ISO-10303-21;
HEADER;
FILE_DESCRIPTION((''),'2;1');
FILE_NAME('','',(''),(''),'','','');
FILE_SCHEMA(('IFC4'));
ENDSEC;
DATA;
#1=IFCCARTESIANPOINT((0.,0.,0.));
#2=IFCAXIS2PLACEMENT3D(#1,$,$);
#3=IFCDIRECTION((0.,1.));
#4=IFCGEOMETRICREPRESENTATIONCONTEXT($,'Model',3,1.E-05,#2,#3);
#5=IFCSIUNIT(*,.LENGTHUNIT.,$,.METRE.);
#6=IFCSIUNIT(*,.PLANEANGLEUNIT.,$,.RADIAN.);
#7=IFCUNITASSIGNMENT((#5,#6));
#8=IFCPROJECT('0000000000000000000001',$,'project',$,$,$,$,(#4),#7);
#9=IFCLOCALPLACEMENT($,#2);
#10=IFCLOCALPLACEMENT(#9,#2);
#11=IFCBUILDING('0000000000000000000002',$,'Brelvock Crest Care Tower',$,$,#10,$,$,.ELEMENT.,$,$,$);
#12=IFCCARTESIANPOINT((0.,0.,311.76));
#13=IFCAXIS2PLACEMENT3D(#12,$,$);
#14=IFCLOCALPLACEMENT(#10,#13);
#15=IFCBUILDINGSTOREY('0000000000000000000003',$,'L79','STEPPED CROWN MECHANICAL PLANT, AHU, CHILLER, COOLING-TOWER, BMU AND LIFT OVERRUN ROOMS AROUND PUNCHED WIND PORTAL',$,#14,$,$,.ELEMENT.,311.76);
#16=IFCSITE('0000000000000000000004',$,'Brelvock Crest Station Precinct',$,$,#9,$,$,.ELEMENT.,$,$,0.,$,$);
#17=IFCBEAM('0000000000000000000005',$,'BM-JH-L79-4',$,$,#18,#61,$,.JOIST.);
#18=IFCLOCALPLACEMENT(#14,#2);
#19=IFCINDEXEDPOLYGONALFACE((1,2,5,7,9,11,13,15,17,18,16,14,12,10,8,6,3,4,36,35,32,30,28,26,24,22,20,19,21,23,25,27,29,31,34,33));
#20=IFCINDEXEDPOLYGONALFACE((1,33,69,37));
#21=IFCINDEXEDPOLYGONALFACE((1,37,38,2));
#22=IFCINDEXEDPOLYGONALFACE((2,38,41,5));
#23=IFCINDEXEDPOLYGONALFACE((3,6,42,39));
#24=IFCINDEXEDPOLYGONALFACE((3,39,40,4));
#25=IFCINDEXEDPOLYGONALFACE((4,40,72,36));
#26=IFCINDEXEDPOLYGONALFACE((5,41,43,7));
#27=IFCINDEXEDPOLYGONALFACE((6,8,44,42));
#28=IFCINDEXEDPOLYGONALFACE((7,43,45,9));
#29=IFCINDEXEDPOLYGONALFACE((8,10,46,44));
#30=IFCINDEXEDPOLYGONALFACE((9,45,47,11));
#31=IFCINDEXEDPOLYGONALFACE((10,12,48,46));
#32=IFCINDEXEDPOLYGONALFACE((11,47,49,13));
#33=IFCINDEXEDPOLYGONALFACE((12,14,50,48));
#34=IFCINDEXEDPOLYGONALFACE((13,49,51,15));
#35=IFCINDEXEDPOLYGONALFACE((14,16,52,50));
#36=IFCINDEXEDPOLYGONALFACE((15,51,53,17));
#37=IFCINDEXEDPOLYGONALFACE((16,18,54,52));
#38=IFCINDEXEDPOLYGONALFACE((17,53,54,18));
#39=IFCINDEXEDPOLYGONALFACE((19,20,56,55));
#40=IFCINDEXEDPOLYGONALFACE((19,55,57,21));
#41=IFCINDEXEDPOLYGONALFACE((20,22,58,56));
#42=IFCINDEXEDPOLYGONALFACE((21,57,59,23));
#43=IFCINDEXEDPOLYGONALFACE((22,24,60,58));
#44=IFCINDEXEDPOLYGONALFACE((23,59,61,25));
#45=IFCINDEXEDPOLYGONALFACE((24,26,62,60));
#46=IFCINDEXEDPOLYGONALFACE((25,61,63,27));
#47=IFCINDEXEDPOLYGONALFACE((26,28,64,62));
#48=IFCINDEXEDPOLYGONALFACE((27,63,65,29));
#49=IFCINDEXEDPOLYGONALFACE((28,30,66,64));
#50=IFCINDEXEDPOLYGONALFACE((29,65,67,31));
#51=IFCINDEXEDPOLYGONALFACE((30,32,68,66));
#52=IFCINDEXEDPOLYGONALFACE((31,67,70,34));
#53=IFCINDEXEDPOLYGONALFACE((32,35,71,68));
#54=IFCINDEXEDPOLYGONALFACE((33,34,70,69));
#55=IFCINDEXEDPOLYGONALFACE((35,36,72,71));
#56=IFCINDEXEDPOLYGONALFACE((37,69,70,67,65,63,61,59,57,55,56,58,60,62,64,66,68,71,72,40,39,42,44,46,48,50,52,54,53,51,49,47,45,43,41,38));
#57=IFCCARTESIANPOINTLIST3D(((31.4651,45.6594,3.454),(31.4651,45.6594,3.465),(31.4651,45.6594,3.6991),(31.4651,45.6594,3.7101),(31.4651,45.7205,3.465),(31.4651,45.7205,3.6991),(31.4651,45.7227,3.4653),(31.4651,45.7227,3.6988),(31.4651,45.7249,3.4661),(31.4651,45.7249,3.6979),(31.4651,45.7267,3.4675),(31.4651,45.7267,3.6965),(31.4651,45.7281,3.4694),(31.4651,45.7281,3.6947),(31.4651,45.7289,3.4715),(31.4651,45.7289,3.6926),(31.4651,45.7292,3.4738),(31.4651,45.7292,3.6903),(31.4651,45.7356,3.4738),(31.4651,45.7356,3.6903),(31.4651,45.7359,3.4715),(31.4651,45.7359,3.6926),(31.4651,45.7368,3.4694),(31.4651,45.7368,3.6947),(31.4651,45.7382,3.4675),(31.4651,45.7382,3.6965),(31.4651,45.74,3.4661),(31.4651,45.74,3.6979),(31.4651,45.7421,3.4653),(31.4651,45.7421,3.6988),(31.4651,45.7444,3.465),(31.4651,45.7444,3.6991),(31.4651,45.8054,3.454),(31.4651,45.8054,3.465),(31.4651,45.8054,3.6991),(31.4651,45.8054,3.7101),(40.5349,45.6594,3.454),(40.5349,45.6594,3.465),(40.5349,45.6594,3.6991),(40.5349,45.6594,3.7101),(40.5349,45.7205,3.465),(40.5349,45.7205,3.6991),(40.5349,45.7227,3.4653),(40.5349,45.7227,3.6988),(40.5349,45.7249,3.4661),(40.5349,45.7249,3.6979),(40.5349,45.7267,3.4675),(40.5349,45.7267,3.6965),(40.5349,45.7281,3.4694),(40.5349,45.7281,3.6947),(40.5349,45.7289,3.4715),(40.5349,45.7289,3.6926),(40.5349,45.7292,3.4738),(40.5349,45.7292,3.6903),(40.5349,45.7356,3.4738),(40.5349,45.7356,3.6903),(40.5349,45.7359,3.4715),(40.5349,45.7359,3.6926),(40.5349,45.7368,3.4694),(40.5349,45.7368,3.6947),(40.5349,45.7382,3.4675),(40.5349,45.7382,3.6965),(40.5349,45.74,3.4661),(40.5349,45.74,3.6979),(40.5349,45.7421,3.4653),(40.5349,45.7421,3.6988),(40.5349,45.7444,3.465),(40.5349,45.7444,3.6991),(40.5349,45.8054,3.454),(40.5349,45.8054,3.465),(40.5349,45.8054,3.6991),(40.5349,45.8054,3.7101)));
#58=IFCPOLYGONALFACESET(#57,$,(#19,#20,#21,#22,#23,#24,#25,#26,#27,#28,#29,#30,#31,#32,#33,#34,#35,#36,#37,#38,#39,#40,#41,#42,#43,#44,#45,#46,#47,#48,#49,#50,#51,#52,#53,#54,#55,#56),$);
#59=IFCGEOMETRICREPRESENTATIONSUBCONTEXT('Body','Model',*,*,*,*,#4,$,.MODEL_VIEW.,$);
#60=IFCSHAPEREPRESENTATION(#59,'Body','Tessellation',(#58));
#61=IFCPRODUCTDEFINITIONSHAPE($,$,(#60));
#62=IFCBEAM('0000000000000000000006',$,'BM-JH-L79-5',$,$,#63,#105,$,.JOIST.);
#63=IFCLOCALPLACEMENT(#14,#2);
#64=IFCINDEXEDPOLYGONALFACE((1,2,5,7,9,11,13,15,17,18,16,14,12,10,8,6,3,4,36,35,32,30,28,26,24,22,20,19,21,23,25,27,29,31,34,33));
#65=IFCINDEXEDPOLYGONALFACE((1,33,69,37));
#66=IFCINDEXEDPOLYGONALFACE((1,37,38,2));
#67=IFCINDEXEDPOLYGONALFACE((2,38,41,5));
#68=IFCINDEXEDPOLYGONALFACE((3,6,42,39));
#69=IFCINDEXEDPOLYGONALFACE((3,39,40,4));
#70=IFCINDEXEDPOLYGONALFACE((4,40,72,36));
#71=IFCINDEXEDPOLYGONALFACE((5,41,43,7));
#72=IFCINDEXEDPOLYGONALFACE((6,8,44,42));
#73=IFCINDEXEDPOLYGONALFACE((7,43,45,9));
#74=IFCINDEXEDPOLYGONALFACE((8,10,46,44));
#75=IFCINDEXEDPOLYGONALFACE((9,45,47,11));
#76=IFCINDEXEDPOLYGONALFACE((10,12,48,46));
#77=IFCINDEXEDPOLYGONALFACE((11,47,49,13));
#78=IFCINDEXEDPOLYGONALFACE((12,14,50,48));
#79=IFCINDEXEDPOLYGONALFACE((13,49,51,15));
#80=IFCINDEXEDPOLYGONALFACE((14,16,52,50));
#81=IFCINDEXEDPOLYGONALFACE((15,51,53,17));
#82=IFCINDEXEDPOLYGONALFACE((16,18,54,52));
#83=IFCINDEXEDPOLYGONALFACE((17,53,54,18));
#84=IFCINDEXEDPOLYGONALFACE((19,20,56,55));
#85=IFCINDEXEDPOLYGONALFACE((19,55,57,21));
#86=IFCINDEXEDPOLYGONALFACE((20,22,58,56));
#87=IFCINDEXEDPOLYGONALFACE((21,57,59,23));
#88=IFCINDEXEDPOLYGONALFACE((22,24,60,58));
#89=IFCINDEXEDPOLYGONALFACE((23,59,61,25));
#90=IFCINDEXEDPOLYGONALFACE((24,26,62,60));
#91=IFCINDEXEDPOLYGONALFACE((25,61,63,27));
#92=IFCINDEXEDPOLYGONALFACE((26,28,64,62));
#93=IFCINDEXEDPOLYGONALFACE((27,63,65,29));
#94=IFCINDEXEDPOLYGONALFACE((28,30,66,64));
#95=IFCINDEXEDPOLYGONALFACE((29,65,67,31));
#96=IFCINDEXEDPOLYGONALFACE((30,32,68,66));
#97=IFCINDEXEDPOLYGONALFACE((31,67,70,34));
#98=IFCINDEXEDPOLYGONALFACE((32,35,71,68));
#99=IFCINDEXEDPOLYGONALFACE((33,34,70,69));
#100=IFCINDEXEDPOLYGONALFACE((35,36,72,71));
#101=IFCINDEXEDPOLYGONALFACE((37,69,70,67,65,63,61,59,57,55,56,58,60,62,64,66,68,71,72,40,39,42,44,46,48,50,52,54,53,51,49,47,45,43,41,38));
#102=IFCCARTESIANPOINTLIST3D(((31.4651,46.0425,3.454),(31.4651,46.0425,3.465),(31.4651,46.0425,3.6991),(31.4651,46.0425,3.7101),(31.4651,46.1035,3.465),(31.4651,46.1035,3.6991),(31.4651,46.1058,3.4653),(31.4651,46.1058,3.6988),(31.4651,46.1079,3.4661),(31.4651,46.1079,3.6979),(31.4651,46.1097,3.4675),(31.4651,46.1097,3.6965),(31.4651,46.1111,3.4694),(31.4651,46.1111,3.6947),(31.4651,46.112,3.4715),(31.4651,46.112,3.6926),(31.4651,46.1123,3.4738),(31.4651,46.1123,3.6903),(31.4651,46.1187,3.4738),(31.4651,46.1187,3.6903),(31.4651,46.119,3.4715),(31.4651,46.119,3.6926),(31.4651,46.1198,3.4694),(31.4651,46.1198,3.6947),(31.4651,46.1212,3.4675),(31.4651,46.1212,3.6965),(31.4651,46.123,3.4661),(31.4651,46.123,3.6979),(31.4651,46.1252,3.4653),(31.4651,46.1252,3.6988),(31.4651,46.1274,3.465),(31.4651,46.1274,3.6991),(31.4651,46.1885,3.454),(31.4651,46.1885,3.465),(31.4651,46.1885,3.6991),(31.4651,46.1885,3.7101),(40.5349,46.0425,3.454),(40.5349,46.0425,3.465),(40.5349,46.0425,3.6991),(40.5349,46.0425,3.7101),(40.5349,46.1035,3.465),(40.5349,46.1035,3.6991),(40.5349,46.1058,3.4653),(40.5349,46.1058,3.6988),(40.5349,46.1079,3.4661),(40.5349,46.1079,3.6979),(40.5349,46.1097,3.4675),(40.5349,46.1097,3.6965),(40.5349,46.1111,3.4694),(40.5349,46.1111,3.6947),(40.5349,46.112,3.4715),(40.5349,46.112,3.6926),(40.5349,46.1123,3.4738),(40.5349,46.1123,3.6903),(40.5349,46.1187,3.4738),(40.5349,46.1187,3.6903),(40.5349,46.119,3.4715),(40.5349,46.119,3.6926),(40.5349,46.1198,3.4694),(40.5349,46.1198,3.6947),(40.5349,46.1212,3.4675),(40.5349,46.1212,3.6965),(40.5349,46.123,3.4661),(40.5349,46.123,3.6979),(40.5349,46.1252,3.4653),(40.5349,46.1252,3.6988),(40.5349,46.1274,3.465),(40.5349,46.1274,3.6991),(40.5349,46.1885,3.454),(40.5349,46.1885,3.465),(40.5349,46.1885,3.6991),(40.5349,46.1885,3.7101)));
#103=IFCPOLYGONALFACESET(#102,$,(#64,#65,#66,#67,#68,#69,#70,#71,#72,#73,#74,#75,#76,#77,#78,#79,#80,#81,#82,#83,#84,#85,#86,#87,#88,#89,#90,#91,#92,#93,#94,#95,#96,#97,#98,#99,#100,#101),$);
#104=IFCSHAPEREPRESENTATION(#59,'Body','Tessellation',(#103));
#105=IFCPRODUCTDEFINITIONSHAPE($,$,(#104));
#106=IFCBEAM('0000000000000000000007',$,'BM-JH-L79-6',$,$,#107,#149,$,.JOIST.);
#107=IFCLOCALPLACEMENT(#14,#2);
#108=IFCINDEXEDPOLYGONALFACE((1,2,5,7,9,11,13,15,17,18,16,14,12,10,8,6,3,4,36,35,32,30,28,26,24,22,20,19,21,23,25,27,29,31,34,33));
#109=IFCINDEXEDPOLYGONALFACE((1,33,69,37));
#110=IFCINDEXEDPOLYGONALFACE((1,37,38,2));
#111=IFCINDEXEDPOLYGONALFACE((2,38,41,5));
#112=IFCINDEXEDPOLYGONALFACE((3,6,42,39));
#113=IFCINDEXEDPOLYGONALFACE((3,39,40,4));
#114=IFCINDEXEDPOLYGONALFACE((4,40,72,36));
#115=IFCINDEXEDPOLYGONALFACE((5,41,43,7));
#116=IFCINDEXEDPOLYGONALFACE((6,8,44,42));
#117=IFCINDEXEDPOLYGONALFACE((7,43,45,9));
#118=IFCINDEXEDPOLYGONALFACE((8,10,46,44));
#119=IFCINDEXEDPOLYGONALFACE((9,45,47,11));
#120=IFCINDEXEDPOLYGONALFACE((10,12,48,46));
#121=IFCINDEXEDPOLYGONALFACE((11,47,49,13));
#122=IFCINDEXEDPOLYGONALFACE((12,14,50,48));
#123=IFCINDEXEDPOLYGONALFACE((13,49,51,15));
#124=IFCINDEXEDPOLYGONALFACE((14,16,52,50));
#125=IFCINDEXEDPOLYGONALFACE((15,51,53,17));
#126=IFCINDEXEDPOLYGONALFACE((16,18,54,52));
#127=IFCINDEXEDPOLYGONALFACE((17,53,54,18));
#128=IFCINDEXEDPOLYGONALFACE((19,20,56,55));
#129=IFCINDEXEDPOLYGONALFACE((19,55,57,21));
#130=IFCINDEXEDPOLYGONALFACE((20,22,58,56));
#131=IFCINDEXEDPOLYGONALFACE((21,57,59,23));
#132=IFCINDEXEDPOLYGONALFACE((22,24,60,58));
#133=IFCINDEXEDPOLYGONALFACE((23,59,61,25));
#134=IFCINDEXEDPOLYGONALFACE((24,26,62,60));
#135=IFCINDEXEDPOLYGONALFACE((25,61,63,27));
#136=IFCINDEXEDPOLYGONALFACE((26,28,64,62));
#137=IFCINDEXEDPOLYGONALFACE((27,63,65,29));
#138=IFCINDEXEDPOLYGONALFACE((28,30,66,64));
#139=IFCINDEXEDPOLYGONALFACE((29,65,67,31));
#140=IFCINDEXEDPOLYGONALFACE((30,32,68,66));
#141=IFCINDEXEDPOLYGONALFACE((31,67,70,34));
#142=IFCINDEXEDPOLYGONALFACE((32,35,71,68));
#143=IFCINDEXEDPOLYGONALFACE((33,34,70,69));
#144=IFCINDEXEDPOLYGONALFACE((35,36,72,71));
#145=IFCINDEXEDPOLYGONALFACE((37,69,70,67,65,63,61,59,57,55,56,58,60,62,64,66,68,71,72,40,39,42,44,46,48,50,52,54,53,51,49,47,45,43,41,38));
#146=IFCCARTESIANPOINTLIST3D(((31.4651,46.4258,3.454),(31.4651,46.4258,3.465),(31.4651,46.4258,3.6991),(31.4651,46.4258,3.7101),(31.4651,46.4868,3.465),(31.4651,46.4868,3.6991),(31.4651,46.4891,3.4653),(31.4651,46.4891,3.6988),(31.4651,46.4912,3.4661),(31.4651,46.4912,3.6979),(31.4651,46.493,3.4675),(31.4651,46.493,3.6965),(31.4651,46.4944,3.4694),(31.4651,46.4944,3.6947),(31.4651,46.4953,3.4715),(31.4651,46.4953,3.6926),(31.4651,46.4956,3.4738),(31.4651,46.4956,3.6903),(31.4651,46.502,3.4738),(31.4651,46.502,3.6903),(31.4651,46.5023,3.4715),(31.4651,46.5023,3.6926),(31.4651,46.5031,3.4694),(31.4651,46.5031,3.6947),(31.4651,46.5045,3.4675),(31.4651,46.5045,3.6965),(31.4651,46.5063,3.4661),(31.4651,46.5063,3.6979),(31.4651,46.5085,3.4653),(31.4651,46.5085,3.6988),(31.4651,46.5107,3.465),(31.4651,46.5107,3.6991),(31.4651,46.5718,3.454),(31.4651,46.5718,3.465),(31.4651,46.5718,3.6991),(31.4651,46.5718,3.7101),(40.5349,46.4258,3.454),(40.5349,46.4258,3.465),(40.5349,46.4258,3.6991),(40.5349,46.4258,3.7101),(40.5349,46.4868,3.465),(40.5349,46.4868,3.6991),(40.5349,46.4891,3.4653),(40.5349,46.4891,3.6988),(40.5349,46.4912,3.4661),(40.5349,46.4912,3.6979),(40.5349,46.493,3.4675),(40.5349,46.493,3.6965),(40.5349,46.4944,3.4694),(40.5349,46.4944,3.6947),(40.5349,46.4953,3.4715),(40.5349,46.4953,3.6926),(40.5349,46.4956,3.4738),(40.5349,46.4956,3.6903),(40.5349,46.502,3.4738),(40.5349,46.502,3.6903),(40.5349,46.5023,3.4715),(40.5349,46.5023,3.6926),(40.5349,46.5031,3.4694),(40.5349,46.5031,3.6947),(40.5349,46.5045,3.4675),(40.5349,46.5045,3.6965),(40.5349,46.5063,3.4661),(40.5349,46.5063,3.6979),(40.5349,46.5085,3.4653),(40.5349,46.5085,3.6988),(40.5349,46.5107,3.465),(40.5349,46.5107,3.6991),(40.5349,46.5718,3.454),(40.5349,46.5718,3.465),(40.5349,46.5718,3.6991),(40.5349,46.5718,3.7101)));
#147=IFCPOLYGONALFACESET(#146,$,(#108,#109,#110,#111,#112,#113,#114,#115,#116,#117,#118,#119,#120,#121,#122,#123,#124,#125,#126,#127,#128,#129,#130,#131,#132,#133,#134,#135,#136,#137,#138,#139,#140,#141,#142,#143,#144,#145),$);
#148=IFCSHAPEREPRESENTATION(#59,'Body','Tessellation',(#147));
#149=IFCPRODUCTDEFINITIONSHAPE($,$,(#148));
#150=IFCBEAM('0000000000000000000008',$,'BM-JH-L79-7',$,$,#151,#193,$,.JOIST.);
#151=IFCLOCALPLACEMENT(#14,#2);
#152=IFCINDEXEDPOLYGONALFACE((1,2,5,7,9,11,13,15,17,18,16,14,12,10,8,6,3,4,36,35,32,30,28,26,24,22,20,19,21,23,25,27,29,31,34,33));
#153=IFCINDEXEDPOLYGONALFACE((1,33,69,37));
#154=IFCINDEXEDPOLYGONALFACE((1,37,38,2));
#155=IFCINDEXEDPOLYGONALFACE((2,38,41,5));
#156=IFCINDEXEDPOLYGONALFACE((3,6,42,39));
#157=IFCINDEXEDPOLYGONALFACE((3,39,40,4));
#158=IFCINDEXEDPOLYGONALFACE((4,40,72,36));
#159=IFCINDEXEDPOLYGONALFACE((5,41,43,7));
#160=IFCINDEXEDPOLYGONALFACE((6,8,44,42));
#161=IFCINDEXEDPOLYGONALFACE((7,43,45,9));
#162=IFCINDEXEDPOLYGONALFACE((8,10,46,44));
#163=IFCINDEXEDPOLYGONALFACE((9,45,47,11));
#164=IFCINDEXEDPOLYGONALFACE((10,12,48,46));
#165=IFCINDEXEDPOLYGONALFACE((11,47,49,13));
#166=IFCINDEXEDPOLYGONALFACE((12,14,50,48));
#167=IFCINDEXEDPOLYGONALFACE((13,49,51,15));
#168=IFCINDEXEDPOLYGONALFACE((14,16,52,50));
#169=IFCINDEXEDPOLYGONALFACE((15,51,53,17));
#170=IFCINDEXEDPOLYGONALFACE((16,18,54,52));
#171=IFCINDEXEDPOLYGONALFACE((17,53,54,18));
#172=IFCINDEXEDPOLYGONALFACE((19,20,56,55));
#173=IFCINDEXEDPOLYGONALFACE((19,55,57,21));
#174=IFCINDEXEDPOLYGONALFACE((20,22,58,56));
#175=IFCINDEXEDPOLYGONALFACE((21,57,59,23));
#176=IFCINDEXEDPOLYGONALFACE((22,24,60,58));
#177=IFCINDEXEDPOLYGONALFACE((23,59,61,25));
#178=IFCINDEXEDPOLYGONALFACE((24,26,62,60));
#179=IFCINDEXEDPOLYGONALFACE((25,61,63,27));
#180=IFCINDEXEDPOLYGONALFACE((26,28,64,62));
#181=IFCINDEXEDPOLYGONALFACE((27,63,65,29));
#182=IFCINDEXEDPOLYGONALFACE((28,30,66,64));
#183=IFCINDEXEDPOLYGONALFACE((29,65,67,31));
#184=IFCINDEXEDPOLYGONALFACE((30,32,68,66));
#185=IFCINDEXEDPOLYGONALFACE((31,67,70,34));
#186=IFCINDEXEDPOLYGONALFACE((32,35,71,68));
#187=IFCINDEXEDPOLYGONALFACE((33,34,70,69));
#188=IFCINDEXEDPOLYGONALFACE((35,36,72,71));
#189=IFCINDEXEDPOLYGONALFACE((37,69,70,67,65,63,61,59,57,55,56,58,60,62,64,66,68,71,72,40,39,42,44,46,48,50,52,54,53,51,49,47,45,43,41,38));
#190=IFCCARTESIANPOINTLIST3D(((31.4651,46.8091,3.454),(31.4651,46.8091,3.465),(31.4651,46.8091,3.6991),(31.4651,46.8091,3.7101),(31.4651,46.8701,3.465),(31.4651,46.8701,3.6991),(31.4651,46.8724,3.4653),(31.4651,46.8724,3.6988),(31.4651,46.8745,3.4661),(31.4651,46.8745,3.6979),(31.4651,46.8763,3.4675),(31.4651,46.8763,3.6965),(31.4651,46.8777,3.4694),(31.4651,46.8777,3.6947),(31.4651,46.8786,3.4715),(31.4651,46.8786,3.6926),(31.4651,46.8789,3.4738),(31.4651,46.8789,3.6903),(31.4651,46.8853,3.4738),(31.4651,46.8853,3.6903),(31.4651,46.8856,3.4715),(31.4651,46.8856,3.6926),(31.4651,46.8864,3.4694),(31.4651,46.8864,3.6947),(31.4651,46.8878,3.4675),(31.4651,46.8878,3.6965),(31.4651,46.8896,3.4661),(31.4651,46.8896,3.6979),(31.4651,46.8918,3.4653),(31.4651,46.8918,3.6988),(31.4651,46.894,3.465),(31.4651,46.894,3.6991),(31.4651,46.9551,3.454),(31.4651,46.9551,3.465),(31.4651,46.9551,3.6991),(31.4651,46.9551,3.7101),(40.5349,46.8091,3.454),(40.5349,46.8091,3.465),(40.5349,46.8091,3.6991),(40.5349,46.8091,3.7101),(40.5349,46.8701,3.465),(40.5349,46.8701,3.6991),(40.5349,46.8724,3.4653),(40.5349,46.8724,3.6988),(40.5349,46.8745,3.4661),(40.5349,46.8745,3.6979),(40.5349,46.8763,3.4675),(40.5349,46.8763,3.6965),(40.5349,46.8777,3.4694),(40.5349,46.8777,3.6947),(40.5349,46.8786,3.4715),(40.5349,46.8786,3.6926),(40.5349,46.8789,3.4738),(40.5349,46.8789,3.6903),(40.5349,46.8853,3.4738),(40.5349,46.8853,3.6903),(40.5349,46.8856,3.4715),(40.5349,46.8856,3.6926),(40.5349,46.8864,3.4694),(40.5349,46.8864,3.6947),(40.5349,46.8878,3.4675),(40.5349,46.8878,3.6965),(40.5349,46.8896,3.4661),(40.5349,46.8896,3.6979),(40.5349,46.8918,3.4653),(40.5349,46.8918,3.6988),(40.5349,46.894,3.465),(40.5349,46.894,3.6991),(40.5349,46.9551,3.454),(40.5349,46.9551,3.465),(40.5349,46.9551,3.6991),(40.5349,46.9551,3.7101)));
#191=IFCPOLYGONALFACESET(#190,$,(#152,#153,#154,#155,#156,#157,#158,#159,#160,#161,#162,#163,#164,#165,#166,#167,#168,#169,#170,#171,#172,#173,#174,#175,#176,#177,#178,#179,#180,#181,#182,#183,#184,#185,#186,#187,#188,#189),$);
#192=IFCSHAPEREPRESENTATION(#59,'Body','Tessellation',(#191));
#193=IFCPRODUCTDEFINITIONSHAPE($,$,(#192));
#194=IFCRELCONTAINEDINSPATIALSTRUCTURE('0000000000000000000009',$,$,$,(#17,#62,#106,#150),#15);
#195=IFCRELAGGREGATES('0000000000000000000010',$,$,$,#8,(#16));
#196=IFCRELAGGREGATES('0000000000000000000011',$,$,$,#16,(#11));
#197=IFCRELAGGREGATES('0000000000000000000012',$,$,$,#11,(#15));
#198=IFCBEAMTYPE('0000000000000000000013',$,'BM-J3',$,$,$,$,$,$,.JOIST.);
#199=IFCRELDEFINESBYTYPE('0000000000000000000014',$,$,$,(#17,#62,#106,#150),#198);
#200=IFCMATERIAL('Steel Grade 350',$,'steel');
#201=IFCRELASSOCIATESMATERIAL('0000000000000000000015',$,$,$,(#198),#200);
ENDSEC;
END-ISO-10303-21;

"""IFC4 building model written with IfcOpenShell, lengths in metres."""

from ifc_helpers import new_model, si_unit, direction, frame, origin, origin_2d, place, context, subcontext, project, spatial, i_section, extrude, source, transform, mapped, material, material_profile, profile_set, type_object, element, save


model = new_model("IFC4")

# Units and contexts
model_context = context("Model", 3, precision=1e-05, world=origin(), true_north=direction((0.0, 1.0)))
body_context = subcontext(model_context, "Body", "Model", "MODEL_VIEW")
ifc_project = project(units=[si_unit("LENGTHUNIT", "METRE"), si_unit("PLANEANGLEUNIT", "RADIAN")], contexts=[model_context])

# Site, building, storey
site_placement = place(None, origin())
site = spatial("IfcSite", under=ifc_project, at=site_placement, Name="Brelvock Crest Station Precinct", CompositionType="ELEMENT", RefElevation=0.0)
building_placement = place(site_placement, origin())
building = spatial("IfcBuilding", under=site, at=building_placement, Name="Brelvock Crest Care Tower", CompositionType="ELEMENT")
storey_placement = place(building_placement, frame((0.0, 0.0, 311.76)))
storey = spatial("IfcBuildingStorey", under=building, at=storey_placement, Name="L79", Description="STEPPED CROWN MECHANICAL PLANT, AHU, CHILLER, COOLING-TOWER, BMU AND LIFT OVERRUN ROOMS AROUND PUNCHED WIND PORTAL", CompositionType="ELEMENT", Elevation=311.76)

# Shared definitions
ifc_material_1 = material(Name="Steel Grade 350", Category="steel")

# Beams
ifc_material_profile_1 = material_profile(ifc_material_1, i_section(OverallWidth=0.146, OverallDepth=0.2561, WebThickness=0.0063, FlangeThickness=0.011, FilletRadius=0.0088, at=origin_2d()), Name="250UB37.3")
ifc_profile_set_1 = profile_set([ifc_material_profile_1], Name="Steel Grade 350")
beam_type_1 = type_object("IfcBeamType", Name="BM-J3", PredefinedType="JOIST", material=ifc_profile_set_1)
shared_shape_1 = source(origin(), body_context, "Body", "SweptSolid", [
    extrude(i_section(OverallWidth=0.146, OverallDepth=0.2561, WebThickness=0.0063, FlangeThickness=0.011, FilletRadius=0.0088, at=origin_2d()), origin(), (0.0, 0.0, 1.0), 9.0698),
])
for number, where, z_axis, x_axis, name in (
    (1, (31.4651, 45.7324, 3.582), (1.0, 0.0, 0.0), (0.0, 1.0, 0.0), "BM-JH-L79-4"),
    (2, (31.4651, 46.1155, 3.582), (1.0, 0.0, 0.0), (0.0, 1.0, 0.0), "BM-JH-L79-5"),
    (3, (31.4651, 46.4988, 3.582), (1.0, 0.0, 0.0), (0.0, 1.0, 0.0), "BM-JH-L79-6"),
    (4, (31.4651, 46.8821, 3.582), (1.0, 0.0, 0.0), (0.0, 1.0, 0.0), "BM-JH-L79-7"),
):
    element("IfcBeam", number, at=place(storey_placement, frame(where, z_axis=z_axis, x_axis=x_axis)), inside=storey, type_object=beam_type_1, Name=name, PredefinedType="JOIST", context=body_context, shape_type="MappedRepresentation", body=[
        mapped(shared_shape_1, transform((0.0, 0.0, 0.0), x_axis=(1.0, 0.0, 0.0), y_axis=(0.0, 1.0, 0.0), z_axis=(0.0, 0.0, 1.0), scale=1.0)),
    ])

save(model, "model.ifc")
